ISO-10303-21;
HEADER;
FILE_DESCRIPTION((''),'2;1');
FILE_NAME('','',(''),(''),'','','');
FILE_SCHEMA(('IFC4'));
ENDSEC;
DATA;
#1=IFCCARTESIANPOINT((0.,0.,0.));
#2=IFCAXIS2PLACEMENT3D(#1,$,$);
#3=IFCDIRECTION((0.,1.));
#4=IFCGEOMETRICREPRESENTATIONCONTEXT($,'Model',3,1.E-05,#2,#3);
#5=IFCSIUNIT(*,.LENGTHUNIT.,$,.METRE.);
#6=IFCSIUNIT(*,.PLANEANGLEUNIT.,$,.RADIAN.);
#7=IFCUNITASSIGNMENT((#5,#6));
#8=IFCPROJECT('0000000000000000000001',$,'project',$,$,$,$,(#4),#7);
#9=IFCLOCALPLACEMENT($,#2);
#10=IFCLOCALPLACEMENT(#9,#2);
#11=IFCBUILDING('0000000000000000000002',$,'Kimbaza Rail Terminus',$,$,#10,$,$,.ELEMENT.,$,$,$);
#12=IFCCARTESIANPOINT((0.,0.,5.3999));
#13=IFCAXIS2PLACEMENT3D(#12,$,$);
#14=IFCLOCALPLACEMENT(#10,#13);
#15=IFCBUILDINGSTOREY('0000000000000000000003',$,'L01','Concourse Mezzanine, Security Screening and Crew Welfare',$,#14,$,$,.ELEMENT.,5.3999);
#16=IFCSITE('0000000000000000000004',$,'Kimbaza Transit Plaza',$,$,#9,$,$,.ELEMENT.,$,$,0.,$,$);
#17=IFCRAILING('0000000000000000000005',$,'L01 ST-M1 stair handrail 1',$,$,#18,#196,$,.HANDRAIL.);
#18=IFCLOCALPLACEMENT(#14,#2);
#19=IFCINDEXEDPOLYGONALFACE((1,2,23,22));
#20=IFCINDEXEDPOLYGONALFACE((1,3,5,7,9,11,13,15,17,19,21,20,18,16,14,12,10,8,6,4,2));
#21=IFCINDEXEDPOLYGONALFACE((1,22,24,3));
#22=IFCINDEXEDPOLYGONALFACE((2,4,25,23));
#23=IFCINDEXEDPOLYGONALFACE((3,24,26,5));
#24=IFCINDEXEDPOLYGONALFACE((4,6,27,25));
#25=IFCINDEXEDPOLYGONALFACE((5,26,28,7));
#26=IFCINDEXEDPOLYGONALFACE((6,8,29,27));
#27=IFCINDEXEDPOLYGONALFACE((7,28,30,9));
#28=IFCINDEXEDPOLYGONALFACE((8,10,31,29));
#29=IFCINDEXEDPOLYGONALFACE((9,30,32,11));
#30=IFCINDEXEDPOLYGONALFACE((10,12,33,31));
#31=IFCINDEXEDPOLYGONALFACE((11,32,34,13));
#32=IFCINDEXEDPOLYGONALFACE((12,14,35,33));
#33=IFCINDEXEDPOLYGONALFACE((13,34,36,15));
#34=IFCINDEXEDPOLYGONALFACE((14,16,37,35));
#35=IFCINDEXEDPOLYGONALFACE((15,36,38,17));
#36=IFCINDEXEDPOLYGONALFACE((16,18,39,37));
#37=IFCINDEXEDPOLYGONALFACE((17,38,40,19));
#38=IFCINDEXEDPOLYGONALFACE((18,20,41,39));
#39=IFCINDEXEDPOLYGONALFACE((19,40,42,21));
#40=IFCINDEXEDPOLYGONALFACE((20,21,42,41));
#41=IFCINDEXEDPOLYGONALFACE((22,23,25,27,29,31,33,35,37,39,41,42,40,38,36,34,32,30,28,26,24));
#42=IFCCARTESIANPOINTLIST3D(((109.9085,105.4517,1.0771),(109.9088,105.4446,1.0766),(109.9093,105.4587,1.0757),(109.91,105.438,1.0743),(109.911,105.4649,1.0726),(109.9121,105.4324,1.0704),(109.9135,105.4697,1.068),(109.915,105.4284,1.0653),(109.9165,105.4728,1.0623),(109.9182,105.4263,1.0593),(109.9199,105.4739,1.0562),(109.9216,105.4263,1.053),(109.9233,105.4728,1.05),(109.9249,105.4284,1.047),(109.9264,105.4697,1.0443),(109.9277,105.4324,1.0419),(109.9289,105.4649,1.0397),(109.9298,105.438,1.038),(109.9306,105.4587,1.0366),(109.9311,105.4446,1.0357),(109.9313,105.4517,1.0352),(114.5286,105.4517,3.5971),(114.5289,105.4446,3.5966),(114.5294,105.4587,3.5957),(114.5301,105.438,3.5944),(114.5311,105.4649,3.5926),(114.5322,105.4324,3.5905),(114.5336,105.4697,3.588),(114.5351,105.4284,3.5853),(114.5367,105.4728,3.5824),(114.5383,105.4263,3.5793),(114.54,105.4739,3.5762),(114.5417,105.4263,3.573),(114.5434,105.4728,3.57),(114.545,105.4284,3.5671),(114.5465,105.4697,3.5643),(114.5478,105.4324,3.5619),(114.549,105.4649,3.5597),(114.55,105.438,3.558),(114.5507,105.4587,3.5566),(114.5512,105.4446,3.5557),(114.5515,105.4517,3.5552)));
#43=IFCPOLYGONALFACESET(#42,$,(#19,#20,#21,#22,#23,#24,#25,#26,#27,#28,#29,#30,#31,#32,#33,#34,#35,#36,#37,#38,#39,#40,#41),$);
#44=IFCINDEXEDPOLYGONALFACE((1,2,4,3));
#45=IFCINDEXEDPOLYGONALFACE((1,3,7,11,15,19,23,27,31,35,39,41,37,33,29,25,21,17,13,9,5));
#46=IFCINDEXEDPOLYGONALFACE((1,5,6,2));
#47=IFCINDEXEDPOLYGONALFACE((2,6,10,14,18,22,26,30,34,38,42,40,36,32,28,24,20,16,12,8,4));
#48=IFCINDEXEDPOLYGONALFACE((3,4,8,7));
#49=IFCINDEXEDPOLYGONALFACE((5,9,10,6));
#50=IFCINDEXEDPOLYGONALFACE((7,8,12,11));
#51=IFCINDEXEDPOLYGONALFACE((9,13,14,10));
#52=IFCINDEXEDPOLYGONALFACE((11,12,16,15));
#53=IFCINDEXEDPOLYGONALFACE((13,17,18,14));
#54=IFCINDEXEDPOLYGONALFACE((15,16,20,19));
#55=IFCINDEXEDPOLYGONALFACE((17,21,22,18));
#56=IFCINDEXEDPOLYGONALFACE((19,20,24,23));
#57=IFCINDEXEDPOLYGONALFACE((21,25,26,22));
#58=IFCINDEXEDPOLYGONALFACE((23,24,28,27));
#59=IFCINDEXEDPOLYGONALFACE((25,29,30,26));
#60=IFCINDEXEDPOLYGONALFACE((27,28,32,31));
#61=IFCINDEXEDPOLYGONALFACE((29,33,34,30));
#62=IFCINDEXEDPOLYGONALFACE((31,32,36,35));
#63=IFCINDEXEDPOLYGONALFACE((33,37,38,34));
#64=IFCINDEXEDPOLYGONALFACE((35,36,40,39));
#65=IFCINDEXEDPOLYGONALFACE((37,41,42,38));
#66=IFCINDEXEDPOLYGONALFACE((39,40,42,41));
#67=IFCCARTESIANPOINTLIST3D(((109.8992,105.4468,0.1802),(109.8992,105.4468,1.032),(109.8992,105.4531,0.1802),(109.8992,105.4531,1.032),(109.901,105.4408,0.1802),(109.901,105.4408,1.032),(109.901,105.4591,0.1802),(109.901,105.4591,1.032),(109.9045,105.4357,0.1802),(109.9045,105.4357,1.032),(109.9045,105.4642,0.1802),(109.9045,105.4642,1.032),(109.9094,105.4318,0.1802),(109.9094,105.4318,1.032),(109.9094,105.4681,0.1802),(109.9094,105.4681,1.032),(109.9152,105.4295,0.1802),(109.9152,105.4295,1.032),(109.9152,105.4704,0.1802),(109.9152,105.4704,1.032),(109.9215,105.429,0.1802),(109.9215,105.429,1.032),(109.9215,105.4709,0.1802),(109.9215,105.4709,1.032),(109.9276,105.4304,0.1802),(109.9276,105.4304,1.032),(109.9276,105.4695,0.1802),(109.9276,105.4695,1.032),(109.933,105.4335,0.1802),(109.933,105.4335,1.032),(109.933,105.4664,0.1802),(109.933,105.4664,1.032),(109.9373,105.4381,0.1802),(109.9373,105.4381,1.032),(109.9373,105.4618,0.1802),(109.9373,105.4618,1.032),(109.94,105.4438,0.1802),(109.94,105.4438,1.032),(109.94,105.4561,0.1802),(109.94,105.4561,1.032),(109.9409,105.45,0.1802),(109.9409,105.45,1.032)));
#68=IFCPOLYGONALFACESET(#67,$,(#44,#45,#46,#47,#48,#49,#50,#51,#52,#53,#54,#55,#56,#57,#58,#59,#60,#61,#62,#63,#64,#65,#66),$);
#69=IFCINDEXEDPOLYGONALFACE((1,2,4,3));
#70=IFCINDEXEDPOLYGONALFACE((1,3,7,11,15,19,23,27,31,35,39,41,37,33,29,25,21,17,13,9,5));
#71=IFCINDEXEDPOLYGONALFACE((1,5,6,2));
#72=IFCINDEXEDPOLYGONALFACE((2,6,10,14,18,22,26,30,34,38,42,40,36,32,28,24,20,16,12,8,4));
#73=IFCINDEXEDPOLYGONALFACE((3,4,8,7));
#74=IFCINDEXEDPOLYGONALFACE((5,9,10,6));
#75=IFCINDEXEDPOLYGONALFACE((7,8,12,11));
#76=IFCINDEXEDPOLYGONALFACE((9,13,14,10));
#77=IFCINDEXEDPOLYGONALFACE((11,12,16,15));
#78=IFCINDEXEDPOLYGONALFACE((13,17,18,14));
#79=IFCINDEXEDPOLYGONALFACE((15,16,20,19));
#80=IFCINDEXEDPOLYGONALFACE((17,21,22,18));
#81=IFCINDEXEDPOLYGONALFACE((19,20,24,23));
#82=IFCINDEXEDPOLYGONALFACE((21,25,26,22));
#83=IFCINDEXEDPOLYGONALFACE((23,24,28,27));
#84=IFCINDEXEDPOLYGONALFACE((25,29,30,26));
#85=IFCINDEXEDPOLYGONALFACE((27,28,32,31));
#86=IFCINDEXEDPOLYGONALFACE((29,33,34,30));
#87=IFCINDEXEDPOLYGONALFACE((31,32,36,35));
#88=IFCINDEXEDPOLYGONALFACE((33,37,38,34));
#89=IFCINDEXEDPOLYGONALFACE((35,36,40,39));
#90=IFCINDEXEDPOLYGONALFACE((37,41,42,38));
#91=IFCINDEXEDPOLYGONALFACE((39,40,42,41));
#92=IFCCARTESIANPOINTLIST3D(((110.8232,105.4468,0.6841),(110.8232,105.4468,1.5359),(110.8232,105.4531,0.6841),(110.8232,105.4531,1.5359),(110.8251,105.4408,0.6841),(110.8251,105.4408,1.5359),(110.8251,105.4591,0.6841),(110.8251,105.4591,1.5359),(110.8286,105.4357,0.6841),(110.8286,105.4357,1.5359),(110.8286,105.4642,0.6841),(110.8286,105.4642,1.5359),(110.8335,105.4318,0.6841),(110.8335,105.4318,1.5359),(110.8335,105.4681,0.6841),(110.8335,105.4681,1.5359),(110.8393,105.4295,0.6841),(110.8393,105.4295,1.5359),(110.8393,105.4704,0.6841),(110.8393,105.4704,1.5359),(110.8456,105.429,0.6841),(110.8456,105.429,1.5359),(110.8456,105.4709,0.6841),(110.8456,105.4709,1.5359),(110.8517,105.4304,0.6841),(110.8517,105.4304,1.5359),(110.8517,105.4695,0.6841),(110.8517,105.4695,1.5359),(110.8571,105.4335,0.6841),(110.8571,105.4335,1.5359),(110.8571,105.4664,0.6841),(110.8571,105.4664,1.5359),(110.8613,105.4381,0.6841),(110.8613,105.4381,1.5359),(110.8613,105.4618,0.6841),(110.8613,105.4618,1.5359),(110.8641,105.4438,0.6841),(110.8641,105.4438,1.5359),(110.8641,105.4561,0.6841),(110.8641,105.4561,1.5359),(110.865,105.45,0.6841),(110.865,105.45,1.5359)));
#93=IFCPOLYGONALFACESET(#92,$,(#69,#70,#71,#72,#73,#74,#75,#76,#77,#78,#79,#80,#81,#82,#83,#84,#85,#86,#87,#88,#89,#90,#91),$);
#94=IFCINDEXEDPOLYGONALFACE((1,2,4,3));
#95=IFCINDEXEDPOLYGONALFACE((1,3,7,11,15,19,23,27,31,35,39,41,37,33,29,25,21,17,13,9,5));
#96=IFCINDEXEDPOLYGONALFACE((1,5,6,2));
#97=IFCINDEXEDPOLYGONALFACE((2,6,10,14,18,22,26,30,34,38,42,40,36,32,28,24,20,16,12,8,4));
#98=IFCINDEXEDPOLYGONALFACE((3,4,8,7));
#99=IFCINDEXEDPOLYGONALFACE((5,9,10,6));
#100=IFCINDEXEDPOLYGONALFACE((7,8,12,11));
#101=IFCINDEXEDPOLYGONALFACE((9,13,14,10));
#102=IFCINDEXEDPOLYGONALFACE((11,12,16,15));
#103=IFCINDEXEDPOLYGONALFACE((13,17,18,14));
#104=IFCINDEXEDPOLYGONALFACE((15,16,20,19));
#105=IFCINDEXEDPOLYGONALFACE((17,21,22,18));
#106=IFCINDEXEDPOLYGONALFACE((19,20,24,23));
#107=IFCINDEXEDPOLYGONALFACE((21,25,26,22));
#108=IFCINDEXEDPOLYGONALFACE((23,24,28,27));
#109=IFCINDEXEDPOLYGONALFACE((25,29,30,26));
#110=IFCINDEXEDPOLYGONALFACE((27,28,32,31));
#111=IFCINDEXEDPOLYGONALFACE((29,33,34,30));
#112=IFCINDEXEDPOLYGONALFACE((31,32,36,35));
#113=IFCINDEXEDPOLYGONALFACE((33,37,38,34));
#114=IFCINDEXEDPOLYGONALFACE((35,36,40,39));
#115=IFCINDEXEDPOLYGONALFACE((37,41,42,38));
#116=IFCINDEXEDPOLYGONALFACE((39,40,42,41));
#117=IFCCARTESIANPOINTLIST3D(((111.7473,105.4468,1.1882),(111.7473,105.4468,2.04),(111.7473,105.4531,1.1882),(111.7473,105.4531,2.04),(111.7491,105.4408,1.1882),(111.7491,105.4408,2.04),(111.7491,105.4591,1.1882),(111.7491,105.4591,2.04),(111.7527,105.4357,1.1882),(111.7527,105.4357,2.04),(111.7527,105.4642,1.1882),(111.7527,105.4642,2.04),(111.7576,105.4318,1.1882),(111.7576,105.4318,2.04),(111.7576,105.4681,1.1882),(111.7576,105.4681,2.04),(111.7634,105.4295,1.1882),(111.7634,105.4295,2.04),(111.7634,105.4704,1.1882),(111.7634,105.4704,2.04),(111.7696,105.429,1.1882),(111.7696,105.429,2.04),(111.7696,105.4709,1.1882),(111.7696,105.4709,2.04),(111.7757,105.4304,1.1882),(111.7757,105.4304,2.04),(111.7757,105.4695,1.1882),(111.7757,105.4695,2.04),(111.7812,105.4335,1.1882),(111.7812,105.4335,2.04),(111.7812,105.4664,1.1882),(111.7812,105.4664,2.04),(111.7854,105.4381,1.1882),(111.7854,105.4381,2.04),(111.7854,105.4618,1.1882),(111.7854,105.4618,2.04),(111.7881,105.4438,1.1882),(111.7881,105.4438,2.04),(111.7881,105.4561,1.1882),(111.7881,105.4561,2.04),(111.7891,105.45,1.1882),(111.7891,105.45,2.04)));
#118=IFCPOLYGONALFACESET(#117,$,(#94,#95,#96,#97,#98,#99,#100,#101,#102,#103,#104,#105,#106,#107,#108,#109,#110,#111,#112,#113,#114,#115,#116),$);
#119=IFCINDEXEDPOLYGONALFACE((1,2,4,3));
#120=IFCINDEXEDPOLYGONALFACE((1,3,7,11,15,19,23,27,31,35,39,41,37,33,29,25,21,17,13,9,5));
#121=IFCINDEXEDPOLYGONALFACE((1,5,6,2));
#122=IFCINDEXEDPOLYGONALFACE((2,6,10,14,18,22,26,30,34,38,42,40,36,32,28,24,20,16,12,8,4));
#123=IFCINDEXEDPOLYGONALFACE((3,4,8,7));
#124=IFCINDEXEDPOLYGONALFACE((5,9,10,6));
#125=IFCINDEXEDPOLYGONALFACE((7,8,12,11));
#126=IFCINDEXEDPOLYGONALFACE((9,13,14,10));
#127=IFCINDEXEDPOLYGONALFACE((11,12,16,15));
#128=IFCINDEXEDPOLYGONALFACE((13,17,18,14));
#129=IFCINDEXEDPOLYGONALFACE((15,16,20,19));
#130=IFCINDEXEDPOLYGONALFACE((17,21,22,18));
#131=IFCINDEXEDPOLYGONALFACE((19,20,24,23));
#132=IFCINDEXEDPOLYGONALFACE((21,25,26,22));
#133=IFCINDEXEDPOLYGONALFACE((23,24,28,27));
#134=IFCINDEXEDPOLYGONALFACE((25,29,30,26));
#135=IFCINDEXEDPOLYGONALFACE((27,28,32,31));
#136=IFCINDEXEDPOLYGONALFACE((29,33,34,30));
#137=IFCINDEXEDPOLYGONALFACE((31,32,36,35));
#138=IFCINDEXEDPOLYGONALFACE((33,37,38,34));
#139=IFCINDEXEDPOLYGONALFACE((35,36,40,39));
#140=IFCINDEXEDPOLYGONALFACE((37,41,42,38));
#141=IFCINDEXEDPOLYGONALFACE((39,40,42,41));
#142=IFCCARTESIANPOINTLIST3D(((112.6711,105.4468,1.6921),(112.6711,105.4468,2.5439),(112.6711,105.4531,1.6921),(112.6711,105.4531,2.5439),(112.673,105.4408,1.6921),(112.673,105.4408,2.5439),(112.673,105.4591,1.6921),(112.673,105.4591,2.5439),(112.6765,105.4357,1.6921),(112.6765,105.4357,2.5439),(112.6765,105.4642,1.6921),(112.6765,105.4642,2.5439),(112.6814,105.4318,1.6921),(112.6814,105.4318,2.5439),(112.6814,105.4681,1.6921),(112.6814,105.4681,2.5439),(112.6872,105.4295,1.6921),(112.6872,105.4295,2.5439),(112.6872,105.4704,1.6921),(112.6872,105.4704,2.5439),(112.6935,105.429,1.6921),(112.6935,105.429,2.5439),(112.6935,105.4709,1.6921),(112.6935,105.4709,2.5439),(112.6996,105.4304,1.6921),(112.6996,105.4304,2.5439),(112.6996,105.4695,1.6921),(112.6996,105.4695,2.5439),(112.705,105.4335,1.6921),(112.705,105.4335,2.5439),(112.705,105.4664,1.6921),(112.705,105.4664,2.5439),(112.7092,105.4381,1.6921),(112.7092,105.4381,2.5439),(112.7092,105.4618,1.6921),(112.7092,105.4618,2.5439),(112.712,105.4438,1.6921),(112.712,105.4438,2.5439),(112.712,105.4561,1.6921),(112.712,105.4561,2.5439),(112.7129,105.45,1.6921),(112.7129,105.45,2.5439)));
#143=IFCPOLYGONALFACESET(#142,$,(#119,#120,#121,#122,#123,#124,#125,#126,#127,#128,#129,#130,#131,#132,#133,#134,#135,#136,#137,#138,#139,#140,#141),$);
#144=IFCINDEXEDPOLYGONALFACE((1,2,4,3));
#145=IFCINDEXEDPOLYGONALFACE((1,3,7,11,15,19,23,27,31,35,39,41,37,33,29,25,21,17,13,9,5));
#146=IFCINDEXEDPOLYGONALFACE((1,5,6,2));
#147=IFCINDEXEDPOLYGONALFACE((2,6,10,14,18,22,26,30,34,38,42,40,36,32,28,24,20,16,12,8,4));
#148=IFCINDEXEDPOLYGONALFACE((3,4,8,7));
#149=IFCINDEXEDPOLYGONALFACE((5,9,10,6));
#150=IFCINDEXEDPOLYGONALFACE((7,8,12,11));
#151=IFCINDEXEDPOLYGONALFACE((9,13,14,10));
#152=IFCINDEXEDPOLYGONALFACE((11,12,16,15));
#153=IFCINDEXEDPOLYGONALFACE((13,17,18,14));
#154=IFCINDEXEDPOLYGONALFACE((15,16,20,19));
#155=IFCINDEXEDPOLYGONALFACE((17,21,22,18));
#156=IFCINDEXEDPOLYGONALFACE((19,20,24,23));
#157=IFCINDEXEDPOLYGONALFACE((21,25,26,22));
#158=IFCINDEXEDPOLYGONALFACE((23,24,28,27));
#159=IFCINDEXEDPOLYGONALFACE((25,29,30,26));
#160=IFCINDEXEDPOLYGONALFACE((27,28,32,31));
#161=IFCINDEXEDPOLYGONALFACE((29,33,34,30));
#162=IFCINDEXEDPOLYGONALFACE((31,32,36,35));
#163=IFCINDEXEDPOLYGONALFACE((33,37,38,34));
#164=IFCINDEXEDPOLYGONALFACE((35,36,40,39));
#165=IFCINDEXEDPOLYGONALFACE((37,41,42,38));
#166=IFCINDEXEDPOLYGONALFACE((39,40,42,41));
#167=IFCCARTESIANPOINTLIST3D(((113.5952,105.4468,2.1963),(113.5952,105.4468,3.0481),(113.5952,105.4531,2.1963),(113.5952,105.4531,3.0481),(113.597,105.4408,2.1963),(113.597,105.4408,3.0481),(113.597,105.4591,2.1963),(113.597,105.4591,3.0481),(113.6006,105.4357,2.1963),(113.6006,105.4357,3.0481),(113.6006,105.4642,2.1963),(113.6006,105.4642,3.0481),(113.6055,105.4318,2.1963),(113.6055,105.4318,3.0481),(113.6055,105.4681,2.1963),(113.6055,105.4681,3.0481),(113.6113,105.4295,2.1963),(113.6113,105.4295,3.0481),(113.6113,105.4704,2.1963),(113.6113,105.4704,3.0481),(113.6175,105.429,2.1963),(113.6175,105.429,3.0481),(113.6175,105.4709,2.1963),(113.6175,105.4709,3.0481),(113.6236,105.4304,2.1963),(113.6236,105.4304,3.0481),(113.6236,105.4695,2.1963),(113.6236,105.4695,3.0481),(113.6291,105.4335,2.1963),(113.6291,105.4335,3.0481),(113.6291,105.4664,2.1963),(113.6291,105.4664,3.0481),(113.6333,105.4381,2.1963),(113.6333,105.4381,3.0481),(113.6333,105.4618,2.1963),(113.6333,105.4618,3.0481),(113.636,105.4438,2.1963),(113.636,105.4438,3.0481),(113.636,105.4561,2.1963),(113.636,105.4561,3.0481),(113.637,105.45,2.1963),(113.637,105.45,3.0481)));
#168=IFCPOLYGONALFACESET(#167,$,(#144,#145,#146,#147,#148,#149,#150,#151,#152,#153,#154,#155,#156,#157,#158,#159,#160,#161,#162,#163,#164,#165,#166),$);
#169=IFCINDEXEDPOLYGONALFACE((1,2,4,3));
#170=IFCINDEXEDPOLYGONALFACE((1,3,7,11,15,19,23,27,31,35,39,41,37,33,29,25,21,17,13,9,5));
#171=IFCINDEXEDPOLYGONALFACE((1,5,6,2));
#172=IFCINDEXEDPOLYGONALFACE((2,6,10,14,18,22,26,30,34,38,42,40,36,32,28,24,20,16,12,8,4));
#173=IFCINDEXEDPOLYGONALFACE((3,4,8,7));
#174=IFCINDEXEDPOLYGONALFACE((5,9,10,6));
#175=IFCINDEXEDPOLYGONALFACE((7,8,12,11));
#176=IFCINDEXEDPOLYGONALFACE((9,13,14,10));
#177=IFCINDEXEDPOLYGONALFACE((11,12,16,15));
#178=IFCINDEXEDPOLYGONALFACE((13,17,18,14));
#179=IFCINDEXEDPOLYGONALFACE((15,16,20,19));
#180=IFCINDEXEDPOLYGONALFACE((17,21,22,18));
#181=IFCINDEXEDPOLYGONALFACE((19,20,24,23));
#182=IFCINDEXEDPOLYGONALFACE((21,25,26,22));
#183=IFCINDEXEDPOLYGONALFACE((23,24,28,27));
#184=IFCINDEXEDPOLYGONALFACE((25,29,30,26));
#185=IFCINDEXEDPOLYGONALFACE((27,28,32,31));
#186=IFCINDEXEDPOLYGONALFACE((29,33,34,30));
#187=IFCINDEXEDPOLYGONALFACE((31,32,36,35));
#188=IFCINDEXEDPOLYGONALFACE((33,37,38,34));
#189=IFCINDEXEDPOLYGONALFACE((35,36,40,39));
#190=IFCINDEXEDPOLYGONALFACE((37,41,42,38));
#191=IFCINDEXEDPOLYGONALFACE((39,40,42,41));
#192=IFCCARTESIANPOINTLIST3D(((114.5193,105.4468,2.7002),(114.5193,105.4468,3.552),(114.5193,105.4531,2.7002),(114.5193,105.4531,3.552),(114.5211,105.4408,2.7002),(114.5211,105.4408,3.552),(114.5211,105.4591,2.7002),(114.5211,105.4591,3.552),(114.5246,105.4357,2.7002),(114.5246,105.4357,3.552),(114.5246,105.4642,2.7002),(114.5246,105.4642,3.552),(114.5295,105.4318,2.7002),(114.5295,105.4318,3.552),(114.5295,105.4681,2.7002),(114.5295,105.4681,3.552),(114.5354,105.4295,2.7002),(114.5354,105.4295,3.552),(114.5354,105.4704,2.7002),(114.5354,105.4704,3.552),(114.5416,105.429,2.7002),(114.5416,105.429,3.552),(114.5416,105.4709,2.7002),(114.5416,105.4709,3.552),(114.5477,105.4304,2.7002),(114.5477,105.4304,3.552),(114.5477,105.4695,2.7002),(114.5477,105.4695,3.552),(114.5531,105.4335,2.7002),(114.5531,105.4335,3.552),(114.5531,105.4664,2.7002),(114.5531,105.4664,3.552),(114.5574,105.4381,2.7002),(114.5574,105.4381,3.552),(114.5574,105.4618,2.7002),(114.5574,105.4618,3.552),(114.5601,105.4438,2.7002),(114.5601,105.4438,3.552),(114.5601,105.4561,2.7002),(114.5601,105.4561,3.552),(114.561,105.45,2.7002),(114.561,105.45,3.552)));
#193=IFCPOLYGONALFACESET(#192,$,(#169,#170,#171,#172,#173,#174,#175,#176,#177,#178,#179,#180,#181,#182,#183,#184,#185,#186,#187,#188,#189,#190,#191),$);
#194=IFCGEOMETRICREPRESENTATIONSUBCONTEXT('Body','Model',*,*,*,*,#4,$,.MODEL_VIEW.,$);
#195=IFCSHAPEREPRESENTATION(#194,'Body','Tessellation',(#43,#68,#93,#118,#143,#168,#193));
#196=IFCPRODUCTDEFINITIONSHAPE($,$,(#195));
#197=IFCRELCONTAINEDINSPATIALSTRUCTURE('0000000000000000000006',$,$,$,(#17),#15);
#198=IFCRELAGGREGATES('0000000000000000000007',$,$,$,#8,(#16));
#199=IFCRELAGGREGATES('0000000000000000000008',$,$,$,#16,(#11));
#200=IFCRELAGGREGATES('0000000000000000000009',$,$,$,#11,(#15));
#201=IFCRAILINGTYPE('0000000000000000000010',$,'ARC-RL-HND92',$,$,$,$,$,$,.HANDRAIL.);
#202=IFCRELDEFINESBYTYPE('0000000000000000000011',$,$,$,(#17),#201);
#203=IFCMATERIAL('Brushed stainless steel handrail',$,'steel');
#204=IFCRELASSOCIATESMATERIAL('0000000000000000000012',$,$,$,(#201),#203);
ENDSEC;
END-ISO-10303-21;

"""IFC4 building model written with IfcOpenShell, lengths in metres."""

from ifc_helpers import new_model, si_unit, direction, frame, origin, origin_2d, place, context, subcontext, project, spatial, circle, extrude, material, type_object, element, save


model = new_model("IFC4")

# Units and contexts
model_context = context("Model", 3, precision=1e-05, world=origin(), true_north=direction((0.0, 1.0)))
body_context = subcontext(model_context, "Body", "Model", "MODEL_VIEW")
ifc_project = project(units=[si_unit("LENGTHUNIT", "METRE"), si_unit("PLANEANGLEUNIT", "RADIAN")], contexts=[model_context])

# Site, building, storey
site_placement = place(None, origin())
site = spatial("IfcSite", under=ifc_project, at=site_placement, Name="Kimbaza Transit Plaza", CompositionType="ELEMENT", RefElevation=0.0)
building_placement = place(site_placement, origin())
building = spatial("IfcBuilding", under=site, at=building_placement, Name="Kimbaza Rail Terminus", CompositionType="ELEMENT")
storey_placement = place(building_placement, frame((0.0, 0.0, 5.3999)))
storey = spatial("IfcBuildingStorey", under=building, at=storey_placement, Name="L01", Description="Concourse Mezzanine, Security Screening and Crew Welfare", CompositionType="ELEMENT", Elevation=5.3999)

# Railing
ifc_material_1 = material(Name="Brushed stainless steel handrail", Category="steel")
railing_type_1 = type_object("IfcRailingType", Name="ARC-RL-HND92", PredefinedType="HANDRAIL", material=ifc_material_1)
railing_1_placement = place(storey_placement, frame((109.9199, 105.45, 0.1802)))
element("IfcRailing", 1, at=railing_1_placement, inside=storey, type_object=railing_type_1, Name="L01 ST-M1 stair handrail 1", PredefinedType="HANDRAIL", context=body_context, shape_type="SweptSolid", body=[
    extrude(circle(Radius=0.0239, at=origin_2d()), frame((0.0, 0.0, 0.876), z_axis=(0.877899, 0.0, 0.478846), x_axis=(0.0, 1.0, 0.0)), (0.0, 0.0, 1.0), 5.2627),
    extrude(circle(Radius=0.021, at=origin_2d()), origin(), (0.0, 0.0, 1.0), 0.8518),
    extrude(circle(Radius=0.021, at=origin_2d()), frame((0.9241, 0.0, 0.5039)), (0.0, 0.0, 1.0), 0.8518),
    extrude(circle(Radius=0.021, at=origin_2d()), frame((1.8481, 0.0, 1.0081)), (0.0, 0.0, 1.0), 0.8518),
    extrude(circle(Radius=0.021, at=origin_2d()), frame((2.772, 0.0, 1.512)), (0.0, 0.0, 1.0), 0.8518),
    extrude(circle(Radius=0.021, at=origin_2d()), frame((3.696, 0.0, 2.0161)), (0.0, 0.0, 1.0), 0.8518),
    extrude(circle(Radius=0.021, at=origin_2d()), frame((4.6201, 0.0, 2.52)), (0.0, 0.0, 1.0), 0.8518),
])

save(model, "model.ifc")
